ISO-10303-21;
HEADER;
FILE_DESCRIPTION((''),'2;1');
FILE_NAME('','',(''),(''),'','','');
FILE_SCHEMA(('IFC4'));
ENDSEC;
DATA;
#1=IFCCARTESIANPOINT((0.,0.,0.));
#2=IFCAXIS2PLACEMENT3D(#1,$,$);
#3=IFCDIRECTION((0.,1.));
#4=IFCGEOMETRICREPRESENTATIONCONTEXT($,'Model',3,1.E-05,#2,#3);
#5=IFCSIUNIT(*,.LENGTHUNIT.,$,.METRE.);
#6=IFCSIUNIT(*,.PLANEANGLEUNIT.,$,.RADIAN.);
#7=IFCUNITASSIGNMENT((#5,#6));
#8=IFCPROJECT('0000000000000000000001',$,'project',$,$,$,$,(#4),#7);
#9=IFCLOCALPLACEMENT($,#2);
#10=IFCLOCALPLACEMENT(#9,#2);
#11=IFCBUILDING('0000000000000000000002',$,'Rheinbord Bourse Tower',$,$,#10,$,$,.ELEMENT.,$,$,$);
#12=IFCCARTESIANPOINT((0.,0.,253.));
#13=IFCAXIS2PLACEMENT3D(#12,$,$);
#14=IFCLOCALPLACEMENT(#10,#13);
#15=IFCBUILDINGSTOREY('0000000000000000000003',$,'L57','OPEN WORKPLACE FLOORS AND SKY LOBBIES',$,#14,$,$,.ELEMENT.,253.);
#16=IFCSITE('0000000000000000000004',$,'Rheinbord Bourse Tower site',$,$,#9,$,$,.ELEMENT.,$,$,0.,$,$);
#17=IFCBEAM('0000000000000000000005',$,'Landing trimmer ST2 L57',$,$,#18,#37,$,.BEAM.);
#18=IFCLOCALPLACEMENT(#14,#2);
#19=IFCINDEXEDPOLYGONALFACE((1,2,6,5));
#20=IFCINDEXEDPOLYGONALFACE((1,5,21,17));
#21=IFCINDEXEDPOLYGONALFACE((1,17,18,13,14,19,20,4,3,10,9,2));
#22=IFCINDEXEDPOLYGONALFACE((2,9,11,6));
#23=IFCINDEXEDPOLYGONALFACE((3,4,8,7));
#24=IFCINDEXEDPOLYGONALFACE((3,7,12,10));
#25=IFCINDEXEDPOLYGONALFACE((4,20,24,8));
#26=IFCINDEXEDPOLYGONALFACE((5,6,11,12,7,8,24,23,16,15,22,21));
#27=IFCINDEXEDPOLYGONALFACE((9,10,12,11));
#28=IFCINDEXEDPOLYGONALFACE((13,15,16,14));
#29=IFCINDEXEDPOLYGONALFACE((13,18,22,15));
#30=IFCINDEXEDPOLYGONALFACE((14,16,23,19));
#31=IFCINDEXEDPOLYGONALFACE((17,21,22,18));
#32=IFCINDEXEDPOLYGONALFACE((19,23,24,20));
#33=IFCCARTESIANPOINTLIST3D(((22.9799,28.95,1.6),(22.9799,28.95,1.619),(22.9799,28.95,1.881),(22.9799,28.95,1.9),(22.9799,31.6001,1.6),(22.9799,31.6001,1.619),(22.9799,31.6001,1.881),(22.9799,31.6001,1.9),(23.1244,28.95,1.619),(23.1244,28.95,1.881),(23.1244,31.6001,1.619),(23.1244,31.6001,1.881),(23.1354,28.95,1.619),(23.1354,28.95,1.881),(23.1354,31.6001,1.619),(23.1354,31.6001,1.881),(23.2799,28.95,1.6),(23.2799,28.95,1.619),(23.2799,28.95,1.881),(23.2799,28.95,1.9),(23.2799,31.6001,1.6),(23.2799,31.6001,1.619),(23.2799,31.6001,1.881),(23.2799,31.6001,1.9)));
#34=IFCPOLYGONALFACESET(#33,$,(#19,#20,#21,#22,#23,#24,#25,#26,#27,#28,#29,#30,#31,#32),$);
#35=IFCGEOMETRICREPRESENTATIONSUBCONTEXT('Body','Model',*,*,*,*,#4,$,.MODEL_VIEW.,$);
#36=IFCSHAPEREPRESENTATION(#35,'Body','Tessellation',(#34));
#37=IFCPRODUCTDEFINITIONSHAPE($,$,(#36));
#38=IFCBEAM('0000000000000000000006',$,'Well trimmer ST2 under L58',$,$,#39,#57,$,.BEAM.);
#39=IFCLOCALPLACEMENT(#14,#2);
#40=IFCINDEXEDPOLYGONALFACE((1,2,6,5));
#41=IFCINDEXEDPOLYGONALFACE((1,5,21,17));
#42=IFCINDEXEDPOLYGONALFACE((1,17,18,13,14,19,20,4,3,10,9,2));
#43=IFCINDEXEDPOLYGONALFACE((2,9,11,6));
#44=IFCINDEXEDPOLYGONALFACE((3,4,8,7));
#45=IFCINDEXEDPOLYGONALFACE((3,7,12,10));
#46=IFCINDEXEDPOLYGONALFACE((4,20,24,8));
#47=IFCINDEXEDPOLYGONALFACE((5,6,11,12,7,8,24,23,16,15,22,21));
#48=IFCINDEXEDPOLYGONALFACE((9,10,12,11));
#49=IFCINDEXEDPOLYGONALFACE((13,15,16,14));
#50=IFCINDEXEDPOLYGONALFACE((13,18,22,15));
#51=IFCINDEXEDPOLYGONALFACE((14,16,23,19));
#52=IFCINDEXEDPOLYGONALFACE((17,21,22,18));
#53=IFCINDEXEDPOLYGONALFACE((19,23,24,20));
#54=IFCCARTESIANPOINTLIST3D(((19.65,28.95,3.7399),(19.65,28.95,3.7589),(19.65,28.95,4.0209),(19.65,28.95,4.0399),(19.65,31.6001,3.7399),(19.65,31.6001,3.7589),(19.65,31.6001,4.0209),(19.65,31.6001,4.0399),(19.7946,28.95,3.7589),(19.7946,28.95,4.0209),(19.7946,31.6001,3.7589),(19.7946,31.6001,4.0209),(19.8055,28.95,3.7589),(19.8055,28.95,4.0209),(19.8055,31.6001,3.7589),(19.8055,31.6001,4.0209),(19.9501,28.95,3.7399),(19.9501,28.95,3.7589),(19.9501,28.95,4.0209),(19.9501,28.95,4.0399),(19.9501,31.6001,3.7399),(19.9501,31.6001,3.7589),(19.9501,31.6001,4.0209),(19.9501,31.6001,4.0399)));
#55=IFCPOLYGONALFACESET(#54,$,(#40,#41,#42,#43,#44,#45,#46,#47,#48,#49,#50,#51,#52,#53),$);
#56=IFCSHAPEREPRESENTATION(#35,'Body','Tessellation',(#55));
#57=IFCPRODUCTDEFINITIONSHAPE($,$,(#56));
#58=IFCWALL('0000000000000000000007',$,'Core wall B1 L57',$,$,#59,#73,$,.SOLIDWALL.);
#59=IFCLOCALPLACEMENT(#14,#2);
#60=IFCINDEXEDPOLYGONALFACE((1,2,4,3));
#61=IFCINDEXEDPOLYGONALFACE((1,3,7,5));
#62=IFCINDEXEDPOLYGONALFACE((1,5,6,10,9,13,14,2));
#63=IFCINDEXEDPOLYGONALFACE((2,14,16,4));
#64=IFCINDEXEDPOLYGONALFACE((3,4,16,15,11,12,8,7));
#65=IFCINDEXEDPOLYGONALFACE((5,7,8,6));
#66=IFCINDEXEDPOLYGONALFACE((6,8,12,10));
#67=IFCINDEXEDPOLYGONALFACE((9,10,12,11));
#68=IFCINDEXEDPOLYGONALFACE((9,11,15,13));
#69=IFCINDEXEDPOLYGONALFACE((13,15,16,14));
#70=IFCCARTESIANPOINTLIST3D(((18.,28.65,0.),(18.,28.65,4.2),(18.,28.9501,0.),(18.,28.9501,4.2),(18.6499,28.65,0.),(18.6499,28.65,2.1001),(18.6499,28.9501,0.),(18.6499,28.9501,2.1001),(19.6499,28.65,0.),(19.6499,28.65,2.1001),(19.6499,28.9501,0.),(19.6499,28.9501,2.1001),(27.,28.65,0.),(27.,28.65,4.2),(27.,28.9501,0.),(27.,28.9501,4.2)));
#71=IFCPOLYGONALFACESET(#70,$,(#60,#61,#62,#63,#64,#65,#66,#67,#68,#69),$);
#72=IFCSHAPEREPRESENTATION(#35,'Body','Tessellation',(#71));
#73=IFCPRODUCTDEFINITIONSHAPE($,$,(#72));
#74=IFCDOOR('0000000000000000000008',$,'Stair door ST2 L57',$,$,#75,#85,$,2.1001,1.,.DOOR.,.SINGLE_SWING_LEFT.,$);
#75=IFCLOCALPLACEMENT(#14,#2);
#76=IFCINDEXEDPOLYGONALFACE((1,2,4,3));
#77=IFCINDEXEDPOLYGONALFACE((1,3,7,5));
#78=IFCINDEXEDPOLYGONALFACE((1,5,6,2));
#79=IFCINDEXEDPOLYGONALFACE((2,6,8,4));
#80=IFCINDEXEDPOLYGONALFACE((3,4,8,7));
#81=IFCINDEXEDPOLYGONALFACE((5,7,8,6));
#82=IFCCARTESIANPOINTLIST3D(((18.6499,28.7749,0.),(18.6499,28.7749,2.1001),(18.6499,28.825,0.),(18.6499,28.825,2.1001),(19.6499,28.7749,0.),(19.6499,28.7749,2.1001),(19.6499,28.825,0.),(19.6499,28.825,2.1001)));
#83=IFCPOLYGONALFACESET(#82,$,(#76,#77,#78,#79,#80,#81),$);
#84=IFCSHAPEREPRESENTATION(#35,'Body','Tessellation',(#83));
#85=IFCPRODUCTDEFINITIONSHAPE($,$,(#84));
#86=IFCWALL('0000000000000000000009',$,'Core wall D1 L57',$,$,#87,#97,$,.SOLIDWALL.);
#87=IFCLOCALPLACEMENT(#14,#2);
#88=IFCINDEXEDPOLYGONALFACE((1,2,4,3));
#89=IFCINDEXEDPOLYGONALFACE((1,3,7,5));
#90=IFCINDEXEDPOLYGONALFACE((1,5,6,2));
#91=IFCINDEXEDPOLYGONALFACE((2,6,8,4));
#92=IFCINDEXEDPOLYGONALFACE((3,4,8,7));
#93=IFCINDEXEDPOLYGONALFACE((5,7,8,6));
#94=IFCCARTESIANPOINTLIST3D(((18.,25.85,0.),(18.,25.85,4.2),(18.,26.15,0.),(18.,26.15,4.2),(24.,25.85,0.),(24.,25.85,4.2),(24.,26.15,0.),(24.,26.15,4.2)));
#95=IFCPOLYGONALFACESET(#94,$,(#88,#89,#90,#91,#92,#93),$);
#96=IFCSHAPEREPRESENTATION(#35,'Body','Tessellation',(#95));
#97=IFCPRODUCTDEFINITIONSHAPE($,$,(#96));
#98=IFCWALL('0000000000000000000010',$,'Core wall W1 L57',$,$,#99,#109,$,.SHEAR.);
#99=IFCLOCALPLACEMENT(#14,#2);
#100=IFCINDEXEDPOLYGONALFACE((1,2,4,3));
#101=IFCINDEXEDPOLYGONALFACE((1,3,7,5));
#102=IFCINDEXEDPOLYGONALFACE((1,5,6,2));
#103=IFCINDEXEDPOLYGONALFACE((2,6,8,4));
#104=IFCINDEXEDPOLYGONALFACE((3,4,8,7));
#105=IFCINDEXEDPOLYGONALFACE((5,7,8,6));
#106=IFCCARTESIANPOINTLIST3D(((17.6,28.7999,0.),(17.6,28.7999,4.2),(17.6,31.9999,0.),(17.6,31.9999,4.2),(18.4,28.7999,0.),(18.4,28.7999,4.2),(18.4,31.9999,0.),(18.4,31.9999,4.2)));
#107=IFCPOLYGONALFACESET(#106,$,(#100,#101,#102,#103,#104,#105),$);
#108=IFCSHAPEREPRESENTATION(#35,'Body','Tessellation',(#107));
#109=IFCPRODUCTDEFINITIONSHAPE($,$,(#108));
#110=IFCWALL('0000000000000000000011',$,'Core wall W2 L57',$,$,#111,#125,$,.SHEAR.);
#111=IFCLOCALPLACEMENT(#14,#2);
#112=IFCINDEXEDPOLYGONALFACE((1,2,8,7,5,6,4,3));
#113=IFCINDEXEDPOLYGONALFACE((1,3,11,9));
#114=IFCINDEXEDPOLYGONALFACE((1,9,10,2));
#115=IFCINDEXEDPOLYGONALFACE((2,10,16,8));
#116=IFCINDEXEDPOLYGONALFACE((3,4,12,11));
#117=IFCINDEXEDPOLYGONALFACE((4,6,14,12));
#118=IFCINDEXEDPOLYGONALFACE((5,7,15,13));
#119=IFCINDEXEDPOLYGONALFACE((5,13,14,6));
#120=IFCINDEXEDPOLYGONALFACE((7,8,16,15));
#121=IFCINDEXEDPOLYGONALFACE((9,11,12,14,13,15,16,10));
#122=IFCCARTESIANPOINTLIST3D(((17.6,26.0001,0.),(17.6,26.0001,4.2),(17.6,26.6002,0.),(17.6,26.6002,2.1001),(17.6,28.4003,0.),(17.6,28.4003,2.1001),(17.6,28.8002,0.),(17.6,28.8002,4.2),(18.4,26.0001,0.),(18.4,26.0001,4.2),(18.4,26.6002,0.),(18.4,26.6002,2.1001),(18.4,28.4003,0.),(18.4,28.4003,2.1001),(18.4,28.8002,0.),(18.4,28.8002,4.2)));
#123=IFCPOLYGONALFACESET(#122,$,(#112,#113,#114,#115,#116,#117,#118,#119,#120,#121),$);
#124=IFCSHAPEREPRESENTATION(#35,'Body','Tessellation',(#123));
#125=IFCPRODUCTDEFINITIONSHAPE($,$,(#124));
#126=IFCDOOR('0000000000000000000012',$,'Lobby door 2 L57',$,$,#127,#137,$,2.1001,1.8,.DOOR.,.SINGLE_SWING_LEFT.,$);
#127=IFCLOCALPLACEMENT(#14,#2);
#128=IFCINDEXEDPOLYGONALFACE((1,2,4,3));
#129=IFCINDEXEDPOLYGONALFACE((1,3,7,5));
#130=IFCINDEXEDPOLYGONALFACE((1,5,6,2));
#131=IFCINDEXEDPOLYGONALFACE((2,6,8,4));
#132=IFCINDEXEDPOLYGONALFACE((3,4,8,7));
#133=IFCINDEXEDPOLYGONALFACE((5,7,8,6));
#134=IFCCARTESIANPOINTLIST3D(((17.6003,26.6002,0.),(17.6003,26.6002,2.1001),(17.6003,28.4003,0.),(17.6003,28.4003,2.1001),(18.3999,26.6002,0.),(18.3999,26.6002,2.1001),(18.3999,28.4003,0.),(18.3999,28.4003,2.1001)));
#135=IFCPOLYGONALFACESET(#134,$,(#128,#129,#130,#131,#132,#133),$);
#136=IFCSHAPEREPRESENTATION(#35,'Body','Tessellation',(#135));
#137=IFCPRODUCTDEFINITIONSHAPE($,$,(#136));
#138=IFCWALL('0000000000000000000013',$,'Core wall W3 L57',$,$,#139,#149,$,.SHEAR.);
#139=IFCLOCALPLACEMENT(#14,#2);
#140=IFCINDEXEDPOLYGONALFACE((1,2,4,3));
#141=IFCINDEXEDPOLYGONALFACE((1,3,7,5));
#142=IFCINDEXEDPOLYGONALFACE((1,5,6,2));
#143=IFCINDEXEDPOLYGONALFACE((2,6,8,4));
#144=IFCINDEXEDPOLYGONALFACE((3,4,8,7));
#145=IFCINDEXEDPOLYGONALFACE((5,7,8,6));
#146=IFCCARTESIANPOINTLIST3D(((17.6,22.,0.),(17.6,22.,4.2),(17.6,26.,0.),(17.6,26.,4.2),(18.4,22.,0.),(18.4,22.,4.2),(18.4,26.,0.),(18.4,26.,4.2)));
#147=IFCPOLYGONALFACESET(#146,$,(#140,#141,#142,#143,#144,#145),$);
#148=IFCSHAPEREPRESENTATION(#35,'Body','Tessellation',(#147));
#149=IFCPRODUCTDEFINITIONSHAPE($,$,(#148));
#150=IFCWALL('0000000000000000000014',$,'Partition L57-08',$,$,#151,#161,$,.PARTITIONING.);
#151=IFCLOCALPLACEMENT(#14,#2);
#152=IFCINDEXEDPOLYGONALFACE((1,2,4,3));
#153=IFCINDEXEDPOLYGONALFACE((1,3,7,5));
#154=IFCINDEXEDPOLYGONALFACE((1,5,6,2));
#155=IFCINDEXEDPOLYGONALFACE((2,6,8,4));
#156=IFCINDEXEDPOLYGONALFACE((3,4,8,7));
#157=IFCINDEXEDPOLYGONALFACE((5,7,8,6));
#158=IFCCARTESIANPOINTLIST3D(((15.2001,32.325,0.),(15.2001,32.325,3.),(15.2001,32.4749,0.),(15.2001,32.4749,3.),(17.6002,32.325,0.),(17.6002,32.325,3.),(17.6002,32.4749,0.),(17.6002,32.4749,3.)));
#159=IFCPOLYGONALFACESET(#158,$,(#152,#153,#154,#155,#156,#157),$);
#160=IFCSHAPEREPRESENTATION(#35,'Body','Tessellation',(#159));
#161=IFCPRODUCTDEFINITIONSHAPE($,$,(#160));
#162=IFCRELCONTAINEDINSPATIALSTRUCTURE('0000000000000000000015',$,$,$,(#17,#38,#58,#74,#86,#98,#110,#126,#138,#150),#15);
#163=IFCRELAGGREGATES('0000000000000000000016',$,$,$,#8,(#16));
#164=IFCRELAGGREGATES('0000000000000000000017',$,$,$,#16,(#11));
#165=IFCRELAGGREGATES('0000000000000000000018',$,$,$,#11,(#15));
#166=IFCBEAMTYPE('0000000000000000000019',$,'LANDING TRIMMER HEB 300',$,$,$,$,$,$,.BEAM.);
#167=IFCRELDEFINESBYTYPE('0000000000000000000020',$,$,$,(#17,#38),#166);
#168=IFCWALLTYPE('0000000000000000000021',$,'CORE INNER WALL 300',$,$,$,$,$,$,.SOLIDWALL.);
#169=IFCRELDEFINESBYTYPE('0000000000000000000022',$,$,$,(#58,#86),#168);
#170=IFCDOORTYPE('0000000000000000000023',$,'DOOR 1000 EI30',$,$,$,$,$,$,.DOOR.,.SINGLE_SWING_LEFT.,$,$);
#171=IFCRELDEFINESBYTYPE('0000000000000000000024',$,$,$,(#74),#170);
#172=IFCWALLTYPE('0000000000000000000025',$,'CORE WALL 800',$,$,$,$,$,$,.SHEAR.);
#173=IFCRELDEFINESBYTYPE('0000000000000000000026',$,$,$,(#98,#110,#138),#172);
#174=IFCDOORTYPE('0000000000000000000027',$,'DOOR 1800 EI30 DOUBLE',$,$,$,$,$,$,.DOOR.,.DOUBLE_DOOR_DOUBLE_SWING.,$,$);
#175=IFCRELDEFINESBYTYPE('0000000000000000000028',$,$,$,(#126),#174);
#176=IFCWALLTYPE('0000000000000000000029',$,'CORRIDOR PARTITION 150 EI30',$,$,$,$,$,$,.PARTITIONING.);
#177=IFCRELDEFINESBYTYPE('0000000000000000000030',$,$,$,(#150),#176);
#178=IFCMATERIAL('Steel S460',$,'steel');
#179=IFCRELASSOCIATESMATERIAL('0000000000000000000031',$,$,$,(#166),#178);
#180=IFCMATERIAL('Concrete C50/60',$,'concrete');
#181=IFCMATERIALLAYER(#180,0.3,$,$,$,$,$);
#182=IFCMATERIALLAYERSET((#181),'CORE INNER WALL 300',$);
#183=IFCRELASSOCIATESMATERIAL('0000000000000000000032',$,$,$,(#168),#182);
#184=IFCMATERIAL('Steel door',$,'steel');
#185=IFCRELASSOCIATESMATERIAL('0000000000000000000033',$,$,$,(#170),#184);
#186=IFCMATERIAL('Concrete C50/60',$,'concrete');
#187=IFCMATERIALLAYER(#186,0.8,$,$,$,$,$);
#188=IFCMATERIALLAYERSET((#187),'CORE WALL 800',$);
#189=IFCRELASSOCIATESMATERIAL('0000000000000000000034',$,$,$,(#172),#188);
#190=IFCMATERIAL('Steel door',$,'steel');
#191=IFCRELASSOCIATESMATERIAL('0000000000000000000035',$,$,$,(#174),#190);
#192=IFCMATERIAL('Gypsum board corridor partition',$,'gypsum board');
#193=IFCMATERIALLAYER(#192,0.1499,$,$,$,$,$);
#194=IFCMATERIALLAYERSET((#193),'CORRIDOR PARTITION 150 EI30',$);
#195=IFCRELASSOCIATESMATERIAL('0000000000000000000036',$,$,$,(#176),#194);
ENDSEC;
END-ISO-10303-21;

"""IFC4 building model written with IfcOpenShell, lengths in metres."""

from ifc_helpers import new_model, si_unit, direction, frame, frame_2d, origin, origin_2d, place, context, subcontext, project, spatial, rectangle, i_section, extrude, material, layer, layer_set, material_profile, profile_set, type_object, element, fill, save


model = new_model("IFC4")

# Units and contexts
model_context = context("Model", 3, precision=1e-05, world=origin(), true_north=direction((0.0, 1.0)))
body_context = subcontext(model_context, "Body", "Model", "MODEL_VIEW")
ifc_project = project(units=[si_unit("LENGTHUNIT", "METRE"), si_unit("PLANEANGLEUNIT", "RADIAN")], contexts=[model_context])

# Site, building, storey
site_placement = place(None, origin())
site = spatial("IfcSite", under=ifc_project, at=site_placement, Name="Rheinbord Bourse Tower site", CompositionType="ELEMENT", RefElevation=0.0)
building_placement = place(site_placement, origin())
building = spatial("IfcBuilding", under=site, at=building_placement, Name="Rheinbord Bourse Tower", CompositionType="ELEMENT")
storey_placement = place(building_placement, frame((0.0, 0.0, 253.0)))
storey = spatial("IfcBuildingStorey", under=building, at=storey_placement, Name="L57", Description="OPEN WORKPLACE FLOORS AND SKY LOBBIES", CompositionType="ELEMENT", Elevation=253.0)

# Beams
ifc_material_1 = material(Name="Steel S460", Category="steel")
ifc_material_profile = material_profile(ifc_material_1, i_section(OverallWidth=0.3, OverallDepth=0.3, WebThickness=0.011, FlangeThickness=0.019, at=origin_2d()), Name="HEB 300")
ifc_profile_set = profile_set([ifc_material_profile], Name="Steel S460")
beam_type = type_object("IfcBeamType", Name="LANDING TRIMMER HEB 300", PredefinedType="BEAM", material=ifc_profile_set)
for number, where, z_axis, x_axis, name in (
    (1, (23.1299, 28.95, 1.75), (0.0, 1.0, 0.0), (-1.0, 0.0, 0.0), "Landing trimmer ST2 L57"),
    (2, (19.8, 28.95, 3.8899), (0.0, 1.0, 0.0), (-1.0, 0.0, 0.0), "Well trimmer ST2 under L58"),
):
    element("IfcBeam", number, at=place(storey_placement, frame(where, z_axis=z_axis, x_axis=x_axis)), inside=storey, type_object=beam_type, Name=name, PredefinedType="BEAM", context=body_context, shape_type="SweptSolid", body=[
        extrude(i_section(OverallWidth=0.3, OverallDepth=0.3, WebThickness=0.011, FlangeThickness=0.019, at=origin_2d()), origin(), (0.0, 0.0, 1.0), 2.6501),
    ])

# Wall, opening, door
ifc_material_2 = material(Name="Concrete C50/60", Category="concrete")
ifc_layer_1 = layer(ifc_material_2, 0.3)
ifc_layer_set_1 = layer_set([ifc_layer_1], Name="CORE INNER WALL 300")
wall_type_1 = type_object("IfcWallType", Name="CORE INNER WALL 300", PredefinedType="SOLIDWALL", material=ifc_layer_set_1)
wall_1_placement = place(storey_placement, frame((18.0, 28.8, 0.0), z_axis=(0.0, 0.0, 1.0), x_axis=(1.0, 0.0, 0.0)))
wall_1 = element("IfcWall", 3, at=wall_1_placement, inside=storey, type_object=wall_type_1, Name="Core wall B1 L57", PredefinedType="SOLIDWALL", context=body_context, shape_type="SweptSolid", body=[
    extrude(rectangle(XDim=9.0, YDim=0.3, at=frame_2d((4.5, 0.0))), origin(), (0.0, 0.0, 1.0), 4.2),
])
opening_1_placement = place(wall_1_placement, frame((0.6499, 0.0, 0.0)))
opening_1 = element("IfcOpeningElement", 4, at=opening_1_placement, cuts=wall_1, PredefinedType="OPENING", context=body_context, shape_type="SweptSolid", body=[
    extrude(rectangle(XDim=1.0, YDim=2.1001, at=frame_2d((0.5, 1.05))), frame((0.0, 0.1599, 0.0), z_axis=(0.0, -1.0, 0.0), x_axis=(1.0, 0.0, 0.0)), (0.0, 0.0, 1.0), 0.3201),
])
ifc_material_3 = material(Name="Steel door", Category="steel")
door_type_1 = type_object("IfcDoorType", Name="DOOR 1000 EI30", OperationType="SINGLE_SWING_LEFT", PredefinedType="DOOR", material=ifc_material_3)
door_1_placement = place(opening_1_placement, origin())
door_1 = element("IfcDoor", 5, at=door_1_placement, inside=storey, type_object=door_type_1, Name="Stair door ST2 L57", OperationType="SINGLE_SWING_LEFT", OverallHeight=2.1001, OverallWidth=1.0, PredefinedType="DOOR", context=body_context, shape_type="SweptSolid", body=[
    extrude(rectangle(XDim=1.0, YDim=2.1001, at=frame_2d((0.5, 1.05))), frame((0.0, 0.0249, 0.0), z_axis=(0.0, -1.0, 0.0), x_axis=(1.0, 0.0, 0.0)), (0.0, 0.0, 1.0), 0.05),
])
fill(opening_1, door_1)

# Walls
wall_2_placement = place(storey_placement, frame((18.0, 26.0, 0.0), z_axis=(0.0, 0.0, 1.0), x_axis=(1.0, 0.0, 0.0)))
element("IfcWall", 6, at=wall_2_placement, inside=storey, type_object=wall_type_1, Name="Core wall D1 L57", PredefinedType="SOLIDWALL", context=body_context, shape_type="SweptSolid", body=[
    extrude(rectangle(XDim=6.0, YDim=0.3, at=frame_2d((3.0, 0.0))), origin(), (0.0, 0.0, 1.0), 4.2),
])
ifc_material_4 = material(Name="Concrete C50/60", Category="concrete")
ifc_layer_2 = layer(ifc_material_4, 0.8)
ifc_layer_set_2 = layer_set([ifc_layer_2], Name="CORE WALL 800")
wall_type_2 = type_object("IfcWallType", Name="CORE WALL 800", PredefinedType="SHEAR", material=ifc_layer_set_2)
wall_3_placement = place(storey_placement, frame((18.0, 32.0, 0.0), z_axis=(0.0, 0.0, 1.0), x_axis=(0.0, -1.0, 0.0)))
element("IfcWall", 7, at=wall_3_placement, inside=storey, type_object=wall_type_2, Name="Core wall W1 L57", PredefinedType="SHEAR", context=body_context, shape_type="SweptSolid", body=[
    extrude(rectangle(XDim=3.2, YDim=0.8, at=frame_2d((1.6001, 0.0))), origin(), (0.0, 0.0, 1.0), 4.2),
])

# Wall, opening, door
wall_4_placement = place(storey_placement, frame((18.0, 28.8, 0.0), z_axis=(0.0, 0.0, 1.0), x_axis=(0.0, -1.0, 0.0)))
wall_4 = element("IfcWall", 8, at=wall_4_placement, inside=storey, type_object=wall_type_2, Name="Core wall W2 L57", PredefinedType="SHEAR", context=body_context, shape_type="SweptSolid", body=[
    extrude(rectangle(XDim=2.8, YDim=0.8, at=frame_2d((1.3999, 0.0))), origin(), (0.0, 0.0, 1.0), 4.2),
])
opening_2_placement = place(wall_4_placement, frame((0.3999, 0.0, 0.0)))
opening_2 = element("IfcOpeningElement", 9, at=opening_2_placement, cuts=wall_4, PredefinedType="OPENING", context=body_context, shape_type="SweptSolid", body=[
    extrude(rectangle(XDim=1.8, YDim=2.1001, at=frame_2d((0.8999, 1.05))), frame((0.0, 0.4099, 0.0), z_axis=(0.0, -1.0, 0.0), x_axis=(1.0, 0.0, 0.0)), (0.0, 0.0, 1.0), 0.8201),
])
ifc_material_5 = material(Name="Steel door", Category="steel")
door_type_2 = type_object("IfcDoorType", Name="DOOR 1800 EI30 DOUBLE", OperationType="DOUBLE_DOOR_DOUBLE_SWING", PredefinedType="DOOR", material=ifc_material_5)
door_2_placement = place(opening_2_placement, origin())
door_2 = element("IfcDoor", 10, at=door_2_placement, inside=storey, type_object=door_type_2, Name="Lobby door 2 L57", OperationType="SINGLE_SWING_LEFT", OverallHeight=2.1001, OverallWidth=1.8, PredefinedType="DOOR", context=body_context, shape_type="SweptSolid", body=[
    extrude(rectangle(XDim=1.8, YDim=2.1001, at=frame_2d((0.8999, 1.05))), frame((0.0, 0.3999, 0.0), z_axis=(0.0, -1.0, 0.0), x_axis=(1.0, 0.0, 0.0)), (0.0, 0.0, 1.0), 0.7996),
])
fill(opening_2, door_2)

# Walls
wall_5_placement = place(storey_placement, frame((18.0, 26.0, 0.0), z_axis=(0.0, 0.0, 1.0), x_axis=(0.0, -1.0, 0.0)))
element("IfcWall", 11, at=wall_5_placement, inside=storey, type_object=wall_type_2, Name="Core wall W3 L57", PredefinedType="SHEAR", context=body_context, shape_type="SweptSolid", body=[
    extrude(rectangle(XDim=4.0, YDim=0.8, at=frame_2d((2.0, 0.0))), origin(), (0.0, 0.0, 1.0), 4.2),
])
ifc_material_6 = material(Name="Gypsum board corridor partition", Category="gypsum board")
ifc_layer_3 = layer(ifc_material_6, 0.1499)
ifc_layer_set_3 = layer_set([ifc_layer_3], Name="CORRIDOR PARTITION 150 EI30")
wall_type_3 = type_object("IfcWallType", Name="CORRIDOR PARTITION 150 EI30", PredefinedType="PARTITIONING", material=ifc_layer_set_3)
wall_6_placement = place(storey_placement, frame((15.2, 32.3999, 0.0), z_axis=(0.0, 0.0, 1.0), x_axis=(1.0, 0.0, 0.0)))
element("IfcWall", 12, at=wall_6_placement, inside=storey, type_object=wall_type_3, Name="Partition L57-08", PredefinedType="PARTITIONING", context=body_context, shape_type="SweptSolid", body=[
    extrude(rectangle(XDim=2.4001, YDim=0.1499, at=frame_2d((1.2002, 0.0))), origin(), (0.0, 0.0, 1.0), 3.0),
])

save(model, "model.ifc")
